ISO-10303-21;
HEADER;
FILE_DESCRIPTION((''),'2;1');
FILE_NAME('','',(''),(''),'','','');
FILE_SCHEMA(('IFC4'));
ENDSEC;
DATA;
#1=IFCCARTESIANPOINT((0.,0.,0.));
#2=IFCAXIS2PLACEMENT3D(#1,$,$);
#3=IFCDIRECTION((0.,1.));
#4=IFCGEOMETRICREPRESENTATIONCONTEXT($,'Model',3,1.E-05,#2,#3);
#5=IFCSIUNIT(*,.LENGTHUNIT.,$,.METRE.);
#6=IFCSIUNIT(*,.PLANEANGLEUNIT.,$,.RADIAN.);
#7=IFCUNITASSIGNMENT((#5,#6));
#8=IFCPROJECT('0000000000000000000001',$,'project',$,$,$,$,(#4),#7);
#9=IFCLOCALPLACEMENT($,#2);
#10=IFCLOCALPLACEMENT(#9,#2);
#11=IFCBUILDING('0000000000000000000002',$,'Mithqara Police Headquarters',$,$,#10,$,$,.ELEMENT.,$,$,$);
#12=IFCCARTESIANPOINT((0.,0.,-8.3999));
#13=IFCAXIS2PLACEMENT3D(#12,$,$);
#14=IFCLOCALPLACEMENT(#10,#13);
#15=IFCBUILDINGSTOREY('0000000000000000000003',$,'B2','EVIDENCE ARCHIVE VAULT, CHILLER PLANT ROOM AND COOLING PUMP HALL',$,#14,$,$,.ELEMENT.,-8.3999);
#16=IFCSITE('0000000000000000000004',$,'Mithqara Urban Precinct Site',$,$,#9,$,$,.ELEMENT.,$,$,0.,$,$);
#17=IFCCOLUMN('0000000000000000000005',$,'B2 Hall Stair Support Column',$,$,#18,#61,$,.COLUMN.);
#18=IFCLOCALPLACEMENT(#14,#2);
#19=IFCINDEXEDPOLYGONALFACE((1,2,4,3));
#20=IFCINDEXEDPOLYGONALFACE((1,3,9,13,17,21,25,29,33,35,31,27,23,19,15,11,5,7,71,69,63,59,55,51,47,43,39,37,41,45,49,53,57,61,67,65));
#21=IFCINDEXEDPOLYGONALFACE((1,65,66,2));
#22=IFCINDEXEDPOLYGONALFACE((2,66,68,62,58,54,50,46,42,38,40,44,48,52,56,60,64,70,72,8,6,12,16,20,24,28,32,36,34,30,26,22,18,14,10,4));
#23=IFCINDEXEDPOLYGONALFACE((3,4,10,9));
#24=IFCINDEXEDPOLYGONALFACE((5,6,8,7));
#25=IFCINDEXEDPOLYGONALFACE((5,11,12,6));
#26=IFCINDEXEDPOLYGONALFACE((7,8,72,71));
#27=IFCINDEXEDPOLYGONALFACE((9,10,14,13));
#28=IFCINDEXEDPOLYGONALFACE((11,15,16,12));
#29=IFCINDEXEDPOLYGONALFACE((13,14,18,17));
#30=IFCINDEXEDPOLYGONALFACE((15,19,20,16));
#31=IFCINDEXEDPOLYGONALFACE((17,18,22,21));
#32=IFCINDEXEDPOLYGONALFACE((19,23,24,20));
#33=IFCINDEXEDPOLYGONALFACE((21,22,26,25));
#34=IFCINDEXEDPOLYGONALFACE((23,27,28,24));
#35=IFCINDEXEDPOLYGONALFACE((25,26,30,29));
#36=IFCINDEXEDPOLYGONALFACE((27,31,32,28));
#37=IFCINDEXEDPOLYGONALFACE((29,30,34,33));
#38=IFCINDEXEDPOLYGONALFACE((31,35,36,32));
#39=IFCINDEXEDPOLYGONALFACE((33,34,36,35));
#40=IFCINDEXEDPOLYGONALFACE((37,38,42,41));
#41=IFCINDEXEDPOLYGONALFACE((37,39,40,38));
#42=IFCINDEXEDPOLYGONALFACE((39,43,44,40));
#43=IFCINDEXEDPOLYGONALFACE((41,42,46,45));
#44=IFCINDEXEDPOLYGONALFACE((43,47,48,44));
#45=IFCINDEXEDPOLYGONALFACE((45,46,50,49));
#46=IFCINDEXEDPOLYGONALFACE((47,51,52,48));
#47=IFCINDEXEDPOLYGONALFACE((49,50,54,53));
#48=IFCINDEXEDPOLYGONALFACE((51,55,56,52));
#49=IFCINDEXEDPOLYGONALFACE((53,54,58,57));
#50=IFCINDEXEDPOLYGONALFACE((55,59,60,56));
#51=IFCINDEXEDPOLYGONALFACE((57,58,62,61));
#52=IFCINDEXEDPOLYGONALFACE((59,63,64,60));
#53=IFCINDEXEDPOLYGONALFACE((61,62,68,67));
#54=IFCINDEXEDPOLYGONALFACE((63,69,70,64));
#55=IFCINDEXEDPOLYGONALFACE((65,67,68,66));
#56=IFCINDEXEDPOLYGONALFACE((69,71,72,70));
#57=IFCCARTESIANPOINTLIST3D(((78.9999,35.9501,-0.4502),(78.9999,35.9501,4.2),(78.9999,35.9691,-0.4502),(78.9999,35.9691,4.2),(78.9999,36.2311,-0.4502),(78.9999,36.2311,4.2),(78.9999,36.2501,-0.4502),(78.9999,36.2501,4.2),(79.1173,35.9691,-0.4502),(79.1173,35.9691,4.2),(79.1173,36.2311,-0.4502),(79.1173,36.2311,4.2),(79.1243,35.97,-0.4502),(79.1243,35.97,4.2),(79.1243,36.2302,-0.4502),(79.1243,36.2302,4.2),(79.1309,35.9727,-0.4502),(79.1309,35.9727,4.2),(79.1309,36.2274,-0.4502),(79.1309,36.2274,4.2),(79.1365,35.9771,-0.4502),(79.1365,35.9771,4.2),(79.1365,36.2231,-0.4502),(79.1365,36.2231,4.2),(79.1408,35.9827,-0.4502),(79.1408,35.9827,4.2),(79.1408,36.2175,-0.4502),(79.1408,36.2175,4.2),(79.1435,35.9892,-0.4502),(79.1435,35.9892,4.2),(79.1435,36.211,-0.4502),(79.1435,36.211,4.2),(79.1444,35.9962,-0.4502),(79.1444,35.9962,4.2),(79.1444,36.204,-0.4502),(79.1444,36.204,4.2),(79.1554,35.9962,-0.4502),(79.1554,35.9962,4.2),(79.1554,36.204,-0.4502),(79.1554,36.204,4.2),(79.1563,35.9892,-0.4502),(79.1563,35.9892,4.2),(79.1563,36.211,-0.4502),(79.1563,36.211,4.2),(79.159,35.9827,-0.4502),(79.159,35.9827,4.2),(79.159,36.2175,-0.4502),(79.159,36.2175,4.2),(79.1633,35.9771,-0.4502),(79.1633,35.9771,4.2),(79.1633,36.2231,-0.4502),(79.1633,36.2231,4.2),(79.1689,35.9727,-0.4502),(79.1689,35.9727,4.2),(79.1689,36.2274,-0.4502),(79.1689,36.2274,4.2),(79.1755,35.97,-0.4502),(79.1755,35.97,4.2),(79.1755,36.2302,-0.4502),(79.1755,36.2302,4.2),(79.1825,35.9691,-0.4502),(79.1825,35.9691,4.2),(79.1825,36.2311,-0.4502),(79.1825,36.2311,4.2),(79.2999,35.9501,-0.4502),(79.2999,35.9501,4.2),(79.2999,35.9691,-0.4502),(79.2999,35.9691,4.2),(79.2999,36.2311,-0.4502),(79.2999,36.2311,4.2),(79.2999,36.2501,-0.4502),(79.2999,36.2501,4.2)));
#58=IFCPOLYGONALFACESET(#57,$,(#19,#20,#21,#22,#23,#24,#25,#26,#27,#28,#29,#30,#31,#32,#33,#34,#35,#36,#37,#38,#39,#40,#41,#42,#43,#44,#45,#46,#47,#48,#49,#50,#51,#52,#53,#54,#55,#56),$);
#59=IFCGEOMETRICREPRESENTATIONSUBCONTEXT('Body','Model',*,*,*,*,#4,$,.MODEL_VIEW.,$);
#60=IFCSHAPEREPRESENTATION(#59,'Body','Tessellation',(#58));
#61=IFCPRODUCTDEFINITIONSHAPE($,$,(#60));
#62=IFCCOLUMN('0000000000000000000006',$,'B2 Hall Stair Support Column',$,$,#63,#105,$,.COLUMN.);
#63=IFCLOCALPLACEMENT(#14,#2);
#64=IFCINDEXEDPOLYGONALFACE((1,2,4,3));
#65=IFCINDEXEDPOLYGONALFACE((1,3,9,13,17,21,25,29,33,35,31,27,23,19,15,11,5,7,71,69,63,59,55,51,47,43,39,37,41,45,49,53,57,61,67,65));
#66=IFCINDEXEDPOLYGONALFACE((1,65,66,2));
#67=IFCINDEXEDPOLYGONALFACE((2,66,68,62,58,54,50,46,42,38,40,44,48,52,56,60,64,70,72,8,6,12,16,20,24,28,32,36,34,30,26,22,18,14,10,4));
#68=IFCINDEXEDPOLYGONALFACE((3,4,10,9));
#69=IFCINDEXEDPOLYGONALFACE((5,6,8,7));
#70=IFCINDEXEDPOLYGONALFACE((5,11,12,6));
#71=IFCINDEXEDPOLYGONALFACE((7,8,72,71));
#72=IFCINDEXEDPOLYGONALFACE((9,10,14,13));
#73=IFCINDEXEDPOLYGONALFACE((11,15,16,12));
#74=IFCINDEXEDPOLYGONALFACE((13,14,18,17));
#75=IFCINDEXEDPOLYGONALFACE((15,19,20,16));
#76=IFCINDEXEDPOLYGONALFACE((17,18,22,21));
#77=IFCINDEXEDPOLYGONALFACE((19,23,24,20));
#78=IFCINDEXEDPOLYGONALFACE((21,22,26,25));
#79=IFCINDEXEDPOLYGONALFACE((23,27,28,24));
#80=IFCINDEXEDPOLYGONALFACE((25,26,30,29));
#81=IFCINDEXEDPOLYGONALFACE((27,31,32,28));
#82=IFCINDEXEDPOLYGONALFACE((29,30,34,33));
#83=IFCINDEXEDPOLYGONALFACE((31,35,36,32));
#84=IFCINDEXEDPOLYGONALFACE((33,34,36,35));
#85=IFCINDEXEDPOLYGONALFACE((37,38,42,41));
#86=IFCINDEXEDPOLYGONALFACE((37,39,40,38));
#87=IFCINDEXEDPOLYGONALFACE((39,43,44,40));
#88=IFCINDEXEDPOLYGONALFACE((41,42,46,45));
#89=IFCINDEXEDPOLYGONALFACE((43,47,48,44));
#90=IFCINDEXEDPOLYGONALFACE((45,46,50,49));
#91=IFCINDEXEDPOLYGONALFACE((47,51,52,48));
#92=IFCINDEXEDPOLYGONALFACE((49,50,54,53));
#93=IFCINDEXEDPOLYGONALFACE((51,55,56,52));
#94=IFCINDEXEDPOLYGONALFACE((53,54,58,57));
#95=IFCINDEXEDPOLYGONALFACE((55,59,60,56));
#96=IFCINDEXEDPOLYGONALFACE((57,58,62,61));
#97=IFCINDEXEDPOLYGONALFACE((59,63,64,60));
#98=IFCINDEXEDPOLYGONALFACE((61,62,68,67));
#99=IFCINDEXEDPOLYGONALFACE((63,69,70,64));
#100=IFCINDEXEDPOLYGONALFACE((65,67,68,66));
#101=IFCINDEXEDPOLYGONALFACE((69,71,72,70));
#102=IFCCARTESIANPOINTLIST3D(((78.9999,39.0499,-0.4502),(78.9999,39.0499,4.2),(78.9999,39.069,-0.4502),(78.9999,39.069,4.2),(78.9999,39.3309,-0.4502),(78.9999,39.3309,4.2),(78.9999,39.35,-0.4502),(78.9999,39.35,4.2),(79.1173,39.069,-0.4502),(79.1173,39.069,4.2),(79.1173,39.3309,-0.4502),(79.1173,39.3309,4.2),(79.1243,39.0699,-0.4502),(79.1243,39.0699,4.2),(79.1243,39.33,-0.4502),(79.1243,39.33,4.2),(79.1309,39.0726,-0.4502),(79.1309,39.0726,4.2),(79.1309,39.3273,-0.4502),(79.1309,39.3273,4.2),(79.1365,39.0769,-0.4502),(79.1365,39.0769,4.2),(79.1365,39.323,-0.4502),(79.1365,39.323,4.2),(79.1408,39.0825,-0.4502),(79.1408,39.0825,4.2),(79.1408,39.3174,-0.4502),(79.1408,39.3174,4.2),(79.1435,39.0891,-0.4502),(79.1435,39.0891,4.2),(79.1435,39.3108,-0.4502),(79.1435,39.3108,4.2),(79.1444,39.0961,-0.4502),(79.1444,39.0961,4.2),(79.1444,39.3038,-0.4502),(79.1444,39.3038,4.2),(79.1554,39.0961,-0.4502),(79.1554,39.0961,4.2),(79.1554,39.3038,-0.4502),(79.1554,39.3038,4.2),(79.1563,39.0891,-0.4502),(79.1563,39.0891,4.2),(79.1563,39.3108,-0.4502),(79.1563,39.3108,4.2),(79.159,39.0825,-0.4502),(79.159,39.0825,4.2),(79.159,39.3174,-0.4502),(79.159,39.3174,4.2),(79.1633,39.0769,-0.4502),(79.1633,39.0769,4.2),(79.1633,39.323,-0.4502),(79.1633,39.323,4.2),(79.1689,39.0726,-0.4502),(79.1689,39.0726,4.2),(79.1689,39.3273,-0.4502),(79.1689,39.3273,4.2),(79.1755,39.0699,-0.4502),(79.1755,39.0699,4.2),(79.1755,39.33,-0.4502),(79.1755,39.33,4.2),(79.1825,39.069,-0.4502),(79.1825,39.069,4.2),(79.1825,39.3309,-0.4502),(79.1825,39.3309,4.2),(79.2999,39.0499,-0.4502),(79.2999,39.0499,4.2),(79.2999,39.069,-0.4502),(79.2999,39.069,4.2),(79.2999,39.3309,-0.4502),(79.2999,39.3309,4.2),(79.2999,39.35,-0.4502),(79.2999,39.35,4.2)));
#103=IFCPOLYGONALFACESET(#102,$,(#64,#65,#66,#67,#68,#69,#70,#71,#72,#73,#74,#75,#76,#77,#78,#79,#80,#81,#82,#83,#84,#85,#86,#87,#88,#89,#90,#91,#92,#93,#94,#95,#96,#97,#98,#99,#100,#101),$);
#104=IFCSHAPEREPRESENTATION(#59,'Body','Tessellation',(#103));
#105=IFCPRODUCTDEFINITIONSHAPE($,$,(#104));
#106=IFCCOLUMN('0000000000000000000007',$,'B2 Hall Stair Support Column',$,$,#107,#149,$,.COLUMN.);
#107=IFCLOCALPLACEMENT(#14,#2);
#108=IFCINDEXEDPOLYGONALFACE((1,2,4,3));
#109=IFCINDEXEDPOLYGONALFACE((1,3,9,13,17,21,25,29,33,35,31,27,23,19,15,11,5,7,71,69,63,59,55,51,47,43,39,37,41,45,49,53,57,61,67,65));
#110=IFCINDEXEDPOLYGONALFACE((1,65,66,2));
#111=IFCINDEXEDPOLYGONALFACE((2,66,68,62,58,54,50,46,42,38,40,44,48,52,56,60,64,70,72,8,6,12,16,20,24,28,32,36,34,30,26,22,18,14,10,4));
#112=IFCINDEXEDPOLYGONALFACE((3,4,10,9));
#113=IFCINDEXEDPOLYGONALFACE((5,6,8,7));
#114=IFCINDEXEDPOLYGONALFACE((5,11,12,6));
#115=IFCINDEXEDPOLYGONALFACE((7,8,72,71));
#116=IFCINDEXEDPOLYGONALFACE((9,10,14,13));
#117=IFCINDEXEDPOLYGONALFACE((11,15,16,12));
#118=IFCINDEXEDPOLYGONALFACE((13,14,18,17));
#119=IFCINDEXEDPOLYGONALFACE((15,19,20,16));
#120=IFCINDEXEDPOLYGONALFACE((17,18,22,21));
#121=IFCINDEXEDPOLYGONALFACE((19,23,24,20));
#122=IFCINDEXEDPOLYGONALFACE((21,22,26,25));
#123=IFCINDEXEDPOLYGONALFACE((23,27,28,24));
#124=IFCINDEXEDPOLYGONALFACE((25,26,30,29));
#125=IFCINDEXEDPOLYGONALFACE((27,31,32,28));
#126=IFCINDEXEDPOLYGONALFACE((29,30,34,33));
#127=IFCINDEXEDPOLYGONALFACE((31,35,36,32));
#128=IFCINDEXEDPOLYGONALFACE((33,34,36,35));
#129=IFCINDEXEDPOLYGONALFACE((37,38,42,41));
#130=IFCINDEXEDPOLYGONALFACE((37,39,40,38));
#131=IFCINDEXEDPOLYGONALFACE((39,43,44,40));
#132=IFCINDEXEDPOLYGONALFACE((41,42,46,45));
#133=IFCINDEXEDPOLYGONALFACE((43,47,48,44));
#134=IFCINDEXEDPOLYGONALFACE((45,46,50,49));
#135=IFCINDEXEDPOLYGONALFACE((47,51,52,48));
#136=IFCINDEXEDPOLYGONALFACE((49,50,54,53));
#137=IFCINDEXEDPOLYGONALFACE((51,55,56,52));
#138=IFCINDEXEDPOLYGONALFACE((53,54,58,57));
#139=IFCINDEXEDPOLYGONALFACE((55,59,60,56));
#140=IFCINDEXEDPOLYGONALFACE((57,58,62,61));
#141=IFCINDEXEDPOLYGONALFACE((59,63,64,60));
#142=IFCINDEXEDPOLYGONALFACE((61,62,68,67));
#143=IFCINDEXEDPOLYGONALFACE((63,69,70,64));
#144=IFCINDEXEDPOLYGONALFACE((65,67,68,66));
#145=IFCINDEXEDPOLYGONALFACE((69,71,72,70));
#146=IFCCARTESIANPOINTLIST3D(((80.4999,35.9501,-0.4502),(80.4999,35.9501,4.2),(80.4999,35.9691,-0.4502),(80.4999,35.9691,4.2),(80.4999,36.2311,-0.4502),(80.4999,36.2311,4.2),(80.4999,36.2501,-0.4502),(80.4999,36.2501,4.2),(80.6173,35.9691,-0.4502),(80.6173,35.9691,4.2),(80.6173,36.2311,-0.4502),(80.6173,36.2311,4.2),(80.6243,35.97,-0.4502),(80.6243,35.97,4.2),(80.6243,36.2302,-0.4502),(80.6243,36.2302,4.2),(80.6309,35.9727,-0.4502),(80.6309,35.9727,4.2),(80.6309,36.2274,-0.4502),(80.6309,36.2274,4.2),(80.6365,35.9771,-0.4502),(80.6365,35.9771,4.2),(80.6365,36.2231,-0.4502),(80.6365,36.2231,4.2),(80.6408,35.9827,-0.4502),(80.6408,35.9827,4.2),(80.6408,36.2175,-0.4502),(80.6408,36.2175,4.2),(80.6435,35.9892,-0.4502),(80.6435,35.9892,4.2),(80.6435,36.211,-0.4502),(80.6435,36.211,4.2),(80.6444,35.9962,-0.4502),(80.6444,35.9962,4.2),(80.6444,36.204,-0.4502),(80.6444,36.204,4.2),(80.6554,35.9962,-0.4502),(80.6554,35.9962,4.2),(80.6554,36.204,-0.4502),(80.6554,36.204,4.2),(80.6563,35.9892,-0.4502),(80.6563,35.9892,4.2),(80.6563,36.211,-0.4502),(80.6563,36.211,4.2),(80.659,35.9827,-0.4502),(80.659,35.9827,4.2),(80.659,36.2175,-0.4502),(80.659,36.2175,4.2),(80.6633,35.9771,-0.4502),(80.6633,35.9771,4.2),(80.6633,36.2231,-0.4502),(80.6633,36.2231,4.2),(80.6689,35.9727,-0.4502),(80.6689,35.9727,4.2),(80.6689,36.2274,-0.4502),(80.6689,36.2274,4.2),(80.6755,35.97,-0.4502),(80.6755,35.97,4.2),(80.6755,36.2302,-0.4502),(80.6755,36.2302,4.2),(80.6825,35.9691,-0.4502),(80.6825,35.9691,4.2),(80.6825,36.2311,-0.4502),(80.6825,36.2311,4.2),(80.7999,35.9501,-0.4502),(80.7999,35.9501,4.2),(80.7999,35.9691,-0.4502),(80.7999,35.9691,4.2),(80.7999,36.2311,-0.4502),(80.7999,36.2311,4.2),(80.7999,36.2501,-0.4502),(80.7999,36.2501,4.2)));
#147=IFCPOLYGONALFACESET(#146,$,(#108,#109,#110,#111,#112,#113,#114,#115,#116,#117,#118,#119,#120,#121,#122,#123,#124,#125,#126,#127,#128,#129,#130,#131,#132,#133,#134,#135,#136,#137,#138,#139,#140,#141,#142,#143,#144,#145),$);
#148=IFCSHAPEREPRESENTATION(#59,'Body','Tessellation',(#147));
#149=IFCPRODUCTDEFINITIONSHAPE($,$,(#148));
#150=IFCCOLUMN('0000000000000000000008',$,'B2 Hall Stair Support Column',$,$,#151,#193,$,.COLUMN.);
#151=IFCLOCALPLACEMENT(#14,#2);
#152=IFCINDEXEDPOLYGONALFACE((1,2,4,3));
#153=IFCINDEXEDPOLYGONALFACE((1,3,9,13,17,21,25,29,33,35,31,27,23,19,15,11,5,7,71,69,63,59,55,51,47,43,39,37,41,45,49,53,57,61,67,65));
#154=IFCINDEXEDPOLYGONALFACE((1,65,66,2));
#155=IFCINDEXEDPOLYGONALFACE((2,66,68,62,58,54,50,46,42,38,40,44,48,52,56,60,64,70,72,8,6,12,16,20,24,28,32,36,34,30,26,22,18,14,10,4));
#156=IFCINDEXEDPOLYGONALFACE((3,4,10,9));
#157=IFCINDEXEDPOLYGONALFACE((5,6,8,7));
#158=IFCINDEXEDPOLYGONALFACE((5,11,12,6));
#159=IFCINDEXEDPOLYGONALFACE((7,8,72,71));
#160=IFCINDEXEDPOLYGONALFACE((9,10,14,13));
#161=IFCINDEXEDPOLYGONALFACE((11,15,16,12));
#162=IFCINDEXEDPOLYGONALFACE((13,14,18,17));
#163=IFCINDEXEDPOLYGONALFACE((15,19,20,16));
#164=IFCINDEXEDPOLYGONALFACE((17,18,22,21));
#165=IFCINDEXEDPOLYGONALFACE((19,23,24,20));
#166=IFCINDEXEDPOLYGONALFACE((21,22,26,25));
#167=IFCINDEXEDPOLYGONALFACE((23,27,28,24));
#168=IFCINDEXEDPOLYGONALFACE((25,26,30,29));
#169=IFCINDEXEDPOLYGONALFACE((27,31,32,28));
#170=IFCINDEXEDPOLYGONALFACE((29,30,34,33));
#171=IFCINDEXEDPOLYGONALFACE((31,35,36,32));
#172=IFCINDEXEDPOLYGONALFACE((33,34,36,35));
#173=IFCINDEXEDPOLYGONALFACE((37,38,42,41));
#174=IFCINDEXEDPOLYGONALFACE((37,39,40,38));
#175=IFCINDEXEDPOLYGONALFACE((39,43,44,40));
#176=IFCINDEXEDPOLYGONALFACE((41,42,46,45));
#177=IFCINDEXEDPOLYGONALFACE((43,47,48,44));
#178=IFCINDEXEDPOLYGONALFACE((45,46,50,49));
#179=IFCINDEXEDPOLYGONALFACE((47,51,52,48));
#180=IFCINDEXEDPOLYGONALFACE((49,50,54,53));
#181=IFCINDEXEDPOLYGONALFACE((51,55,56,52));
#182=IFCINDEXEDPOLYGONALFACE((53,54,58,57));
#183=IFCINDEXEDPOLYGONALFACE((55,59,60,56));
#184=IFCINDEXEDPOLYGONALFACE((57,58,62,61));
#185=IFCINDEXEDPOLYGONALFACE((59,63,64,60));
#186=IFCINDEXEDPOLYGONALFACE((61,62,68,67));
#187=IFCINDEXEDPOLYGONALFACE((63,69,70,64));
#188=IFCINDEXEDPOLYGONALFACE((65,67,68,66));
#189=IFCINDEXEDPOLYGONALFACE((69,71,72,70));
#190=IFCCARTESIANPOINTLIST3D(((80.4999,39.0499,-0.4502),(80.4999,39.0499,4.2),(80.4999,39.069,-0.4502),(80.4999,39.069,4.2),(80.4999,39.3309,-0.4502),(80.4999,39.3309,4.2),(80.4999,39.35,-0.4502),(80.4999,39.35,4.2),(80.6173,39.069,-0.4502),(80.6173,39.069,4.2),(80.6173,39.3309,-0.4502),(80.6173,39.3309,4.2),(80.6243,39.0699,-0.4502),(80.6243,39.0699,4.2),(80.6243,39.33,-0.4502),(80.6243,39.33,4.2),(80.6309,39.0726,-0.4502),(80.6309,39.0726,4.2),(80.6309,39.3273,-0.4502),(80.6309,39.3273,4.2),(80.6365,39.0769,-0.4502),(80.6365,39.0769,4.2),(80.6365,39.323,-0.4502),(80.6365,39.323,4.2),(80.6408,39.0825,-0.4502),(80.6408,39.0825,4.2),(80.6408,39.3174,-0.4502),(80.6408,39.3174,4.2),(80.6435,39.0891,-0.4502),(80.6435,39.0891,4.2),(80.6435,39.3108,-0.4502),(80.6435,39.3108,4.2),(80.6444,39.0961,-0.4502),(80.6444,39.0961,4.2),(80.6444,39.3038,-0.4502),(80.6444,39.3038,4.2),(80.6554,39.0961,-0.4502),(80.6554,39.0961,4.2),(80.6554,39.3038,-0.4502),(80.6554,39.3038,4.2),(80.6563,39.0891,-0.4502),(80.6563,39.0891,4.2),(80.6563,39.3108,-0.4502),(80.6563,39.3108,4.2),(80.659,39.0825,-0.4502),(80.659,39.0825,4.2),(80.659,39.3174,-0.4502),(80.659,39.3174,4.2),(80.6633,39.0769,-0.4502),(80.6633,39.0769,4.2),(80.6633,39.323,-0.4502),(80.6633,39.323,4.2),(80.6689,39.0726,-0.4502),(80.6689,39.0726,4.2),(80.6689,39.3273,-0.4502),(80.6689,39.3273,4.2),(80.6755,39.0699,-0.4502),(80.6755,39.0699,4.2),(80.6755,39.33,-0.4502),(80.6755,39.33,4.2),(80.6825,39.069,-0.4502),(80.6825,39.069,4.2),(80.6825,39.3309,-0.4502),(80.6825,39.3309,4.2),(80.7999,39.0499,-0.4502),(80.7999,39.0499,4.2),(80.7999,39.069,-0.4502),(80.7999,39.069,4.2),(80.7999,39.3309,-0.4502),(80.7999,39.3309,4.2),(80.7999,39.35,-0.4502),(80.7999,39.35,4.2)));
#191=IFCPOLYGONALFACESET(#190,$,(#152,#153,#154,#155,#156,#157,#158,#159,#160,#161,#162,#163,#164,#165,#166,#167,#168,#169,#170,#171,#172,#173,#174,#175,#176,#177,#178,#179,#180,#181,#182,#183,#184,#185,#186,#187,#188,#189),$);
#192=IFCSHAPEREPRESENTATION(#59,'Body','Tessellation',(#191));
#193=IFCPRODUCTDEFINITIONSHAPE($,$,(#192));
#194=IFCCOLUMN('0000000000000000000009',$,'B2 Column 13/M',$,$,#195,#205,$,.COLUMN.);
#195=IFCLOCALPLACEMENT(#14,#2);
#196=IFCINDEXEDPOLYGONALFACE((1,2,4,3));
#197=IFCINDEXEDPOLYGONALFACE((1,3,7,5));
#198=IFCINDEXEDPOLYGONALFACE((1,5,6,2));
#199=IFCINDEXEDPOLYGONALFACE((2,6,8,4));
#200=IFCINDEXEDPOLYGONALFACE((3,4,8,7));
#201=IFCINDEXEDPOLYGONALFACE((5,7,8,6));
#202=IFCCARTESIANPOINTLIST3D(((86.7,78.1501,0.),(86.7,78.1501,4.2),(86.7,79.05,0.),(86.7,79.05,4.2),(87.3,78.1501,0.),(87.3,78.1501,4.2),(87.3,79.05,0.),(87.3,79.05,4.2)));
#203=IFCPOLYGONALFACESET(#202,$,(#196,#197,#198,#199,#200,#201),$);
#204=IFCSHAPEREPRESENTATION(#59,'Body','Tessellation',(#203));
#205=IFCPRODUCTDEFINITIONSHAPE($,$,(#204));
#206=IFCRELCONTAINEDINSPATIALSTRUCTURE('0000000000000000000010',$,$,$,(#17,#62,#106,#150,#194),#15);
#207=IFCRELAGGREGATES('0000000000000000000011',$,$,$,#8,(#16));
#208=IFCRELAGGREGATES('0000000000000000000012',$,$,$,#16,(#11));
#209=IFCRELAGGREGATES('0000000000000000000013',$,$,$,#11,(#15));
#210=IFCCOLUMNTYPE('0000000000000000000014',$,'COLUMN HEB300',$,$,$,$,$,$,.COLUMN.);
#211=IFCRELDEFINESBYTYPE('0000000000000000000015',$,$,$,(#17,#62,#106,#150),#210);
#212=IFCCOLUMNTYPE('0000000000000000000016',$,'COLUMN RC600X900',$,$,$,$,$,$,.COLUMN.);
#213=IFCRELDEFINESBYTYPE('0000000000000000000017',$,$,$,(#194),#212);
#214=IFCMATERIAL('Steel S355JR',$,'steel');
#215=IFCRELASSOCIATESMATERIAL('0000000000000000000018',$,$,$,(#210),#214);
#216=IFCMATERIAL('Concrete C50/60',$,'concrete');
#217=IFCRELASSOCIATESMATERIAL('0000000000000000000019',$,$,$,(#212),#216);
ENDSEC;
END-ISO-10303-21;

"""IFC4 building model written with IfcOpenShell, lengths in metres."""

from ifc_helpers import new_model, si_unit, direction, frame, origin, origin_2d, place, context, subcontext, project, spatial, rectangle, i_section, extrude, material, material_profile, profile_set, type_object, element, save


model = new_model("IFC4")

# Units and contexts
model_context = context("Model", 3, precision=1e-05, world=origin(), true_north=direction((0.0, 1.0)))
body_context = subcontext(model_context, "Body", "Model", "MODEL_VIEW")
ifc_project = project(units=[si_unit("LENGTHUNIT", "METRE"), si_unit("PLANEANGLEUNIT", "RADIAN")], contexts=[model_context])

# Site, building, storey
site_placement = place(None, origin())
site = spatial("IfcSite", under=ifc_project, at=site_placement, Name="Mithqara Urban Precinct Site", CompositionType="ELEMENT", RefElevation=0.0)
building_placement = place(site_placement, origin())
building = spatial("IfcBuilding", under=site, at=building_placement, Name="Mithqara Police Headquarters", CompositionType="ELEMENT")
storey_placement = place(building_placement, frame((0.0, 0.0, -8.3999)))
storey = spatial("IfcBuildingStorey", under=building, at=storey_placement, Name="B2", Description="EVIDENCE ARCHIVE VAULT, CHILLER PLANT ROOM AND COOLING PUMP HALL", CompositionType="ELEMENT", Elevation=-8.3999)

# Columns
ifc_material_1 = material(Name="Steel S355JR", Category="steel")
ifc_material_profile_1 = material_profile(ifc_material_1, i_section(OverallWidth=0.3, OverallDepth=0.3, WebThickness=0.011, FlangeThickness=0.019, FilletRadius=0.0271, at=origin_2d()), Name="HEB 300")
ifc_profile_set_1 = profile_set([ifc_material_profile_1], Name="Steel S355JR")
column_type_1 = type_object("IfcColumnType", Name="COLUMN HEB300", PredefinedType="COLUMN", material=ifc_profile_set_1)
for number, where, z_axis, x_axis, name in (
    (1, (79.1499, 36.1001, -0.4502), (0.0, 0.0, 1.0), (1.0, 0.0, 0.0), "B2 Hall Stair Support Column"),
    (2, (79.1499, 39.2, -0.4502), (0.0, 0.0, 1.0), (1.0, 0.0, 0.0), "B2 Hall Stair Support Column"),
    (3, (80.6499, 36.1001, -0.4502), (0.0, 0.0, 1.0), (1.0, 0.0, 0.0), "B2 Hall Stair Support Column"),
    (4, (80.6499, 39.2, -0.4502), (0.0, 0.0, 1.0), (1.0, 0.0, 0.0), "B2 Hall Stair Support Column"),
):
    element("IfcColumn", number, at=place(storey_placement, frame(where, z_axis=z_axis, x_axis=x_axis)), inside=storey, type_object=column_type_1, Name=name, PredefinedType="COLUMN", context=body_context, shape_type="SweptSolid", body=[
        extrude(i_section(OverallWidth=0.3, OverallDepth=0.3, WebThickness=0.011, FlangeThickness=0.019, FilletRadius=0.0271, at=origin_2d()), origin(), (0.0, 0.0, 1.0), 4.6501),
    ])
ifc_material_2 = material(Name="Concrete C50/60", Category="concrete")
ifc_material_profile_2 = material_profile(ifc_material_2, rectangle(XDim=0.6001, YDim=0.8999, at=origin_2d()), Name="RC 600x900")
ifc_profile_set_2 = profile_set([ifc_material_profile_2], Name="Concrete C50/60")
column_type_2 = type_object("IfcColumnType", Name="COLUMN RC600X900", PredefinedType="COLUMN", material=ifc_profile_set_2)
column_1_placement = place(storey_placement, frame((87.0, 78.6001, 0.0), z_axis=(0.0, 0.0, 1.0), x_axis=(1.0, 0.0, 0.0)))
element("IfcColumn", 5, at=column_1_placement, inside=storey, type_object=column_type_2, Name="B2 Column 13/M", PredefinedType="COLUMN", context=body_context, shape_type="SweptSolid", body=[
    extrude(rectangle(XDim=0.6001, YDim=0.8999, at=origin_2d()), origin(), (0.0, 0.0, 1.0), 4.2),
])

save(model, "model.ifc")
